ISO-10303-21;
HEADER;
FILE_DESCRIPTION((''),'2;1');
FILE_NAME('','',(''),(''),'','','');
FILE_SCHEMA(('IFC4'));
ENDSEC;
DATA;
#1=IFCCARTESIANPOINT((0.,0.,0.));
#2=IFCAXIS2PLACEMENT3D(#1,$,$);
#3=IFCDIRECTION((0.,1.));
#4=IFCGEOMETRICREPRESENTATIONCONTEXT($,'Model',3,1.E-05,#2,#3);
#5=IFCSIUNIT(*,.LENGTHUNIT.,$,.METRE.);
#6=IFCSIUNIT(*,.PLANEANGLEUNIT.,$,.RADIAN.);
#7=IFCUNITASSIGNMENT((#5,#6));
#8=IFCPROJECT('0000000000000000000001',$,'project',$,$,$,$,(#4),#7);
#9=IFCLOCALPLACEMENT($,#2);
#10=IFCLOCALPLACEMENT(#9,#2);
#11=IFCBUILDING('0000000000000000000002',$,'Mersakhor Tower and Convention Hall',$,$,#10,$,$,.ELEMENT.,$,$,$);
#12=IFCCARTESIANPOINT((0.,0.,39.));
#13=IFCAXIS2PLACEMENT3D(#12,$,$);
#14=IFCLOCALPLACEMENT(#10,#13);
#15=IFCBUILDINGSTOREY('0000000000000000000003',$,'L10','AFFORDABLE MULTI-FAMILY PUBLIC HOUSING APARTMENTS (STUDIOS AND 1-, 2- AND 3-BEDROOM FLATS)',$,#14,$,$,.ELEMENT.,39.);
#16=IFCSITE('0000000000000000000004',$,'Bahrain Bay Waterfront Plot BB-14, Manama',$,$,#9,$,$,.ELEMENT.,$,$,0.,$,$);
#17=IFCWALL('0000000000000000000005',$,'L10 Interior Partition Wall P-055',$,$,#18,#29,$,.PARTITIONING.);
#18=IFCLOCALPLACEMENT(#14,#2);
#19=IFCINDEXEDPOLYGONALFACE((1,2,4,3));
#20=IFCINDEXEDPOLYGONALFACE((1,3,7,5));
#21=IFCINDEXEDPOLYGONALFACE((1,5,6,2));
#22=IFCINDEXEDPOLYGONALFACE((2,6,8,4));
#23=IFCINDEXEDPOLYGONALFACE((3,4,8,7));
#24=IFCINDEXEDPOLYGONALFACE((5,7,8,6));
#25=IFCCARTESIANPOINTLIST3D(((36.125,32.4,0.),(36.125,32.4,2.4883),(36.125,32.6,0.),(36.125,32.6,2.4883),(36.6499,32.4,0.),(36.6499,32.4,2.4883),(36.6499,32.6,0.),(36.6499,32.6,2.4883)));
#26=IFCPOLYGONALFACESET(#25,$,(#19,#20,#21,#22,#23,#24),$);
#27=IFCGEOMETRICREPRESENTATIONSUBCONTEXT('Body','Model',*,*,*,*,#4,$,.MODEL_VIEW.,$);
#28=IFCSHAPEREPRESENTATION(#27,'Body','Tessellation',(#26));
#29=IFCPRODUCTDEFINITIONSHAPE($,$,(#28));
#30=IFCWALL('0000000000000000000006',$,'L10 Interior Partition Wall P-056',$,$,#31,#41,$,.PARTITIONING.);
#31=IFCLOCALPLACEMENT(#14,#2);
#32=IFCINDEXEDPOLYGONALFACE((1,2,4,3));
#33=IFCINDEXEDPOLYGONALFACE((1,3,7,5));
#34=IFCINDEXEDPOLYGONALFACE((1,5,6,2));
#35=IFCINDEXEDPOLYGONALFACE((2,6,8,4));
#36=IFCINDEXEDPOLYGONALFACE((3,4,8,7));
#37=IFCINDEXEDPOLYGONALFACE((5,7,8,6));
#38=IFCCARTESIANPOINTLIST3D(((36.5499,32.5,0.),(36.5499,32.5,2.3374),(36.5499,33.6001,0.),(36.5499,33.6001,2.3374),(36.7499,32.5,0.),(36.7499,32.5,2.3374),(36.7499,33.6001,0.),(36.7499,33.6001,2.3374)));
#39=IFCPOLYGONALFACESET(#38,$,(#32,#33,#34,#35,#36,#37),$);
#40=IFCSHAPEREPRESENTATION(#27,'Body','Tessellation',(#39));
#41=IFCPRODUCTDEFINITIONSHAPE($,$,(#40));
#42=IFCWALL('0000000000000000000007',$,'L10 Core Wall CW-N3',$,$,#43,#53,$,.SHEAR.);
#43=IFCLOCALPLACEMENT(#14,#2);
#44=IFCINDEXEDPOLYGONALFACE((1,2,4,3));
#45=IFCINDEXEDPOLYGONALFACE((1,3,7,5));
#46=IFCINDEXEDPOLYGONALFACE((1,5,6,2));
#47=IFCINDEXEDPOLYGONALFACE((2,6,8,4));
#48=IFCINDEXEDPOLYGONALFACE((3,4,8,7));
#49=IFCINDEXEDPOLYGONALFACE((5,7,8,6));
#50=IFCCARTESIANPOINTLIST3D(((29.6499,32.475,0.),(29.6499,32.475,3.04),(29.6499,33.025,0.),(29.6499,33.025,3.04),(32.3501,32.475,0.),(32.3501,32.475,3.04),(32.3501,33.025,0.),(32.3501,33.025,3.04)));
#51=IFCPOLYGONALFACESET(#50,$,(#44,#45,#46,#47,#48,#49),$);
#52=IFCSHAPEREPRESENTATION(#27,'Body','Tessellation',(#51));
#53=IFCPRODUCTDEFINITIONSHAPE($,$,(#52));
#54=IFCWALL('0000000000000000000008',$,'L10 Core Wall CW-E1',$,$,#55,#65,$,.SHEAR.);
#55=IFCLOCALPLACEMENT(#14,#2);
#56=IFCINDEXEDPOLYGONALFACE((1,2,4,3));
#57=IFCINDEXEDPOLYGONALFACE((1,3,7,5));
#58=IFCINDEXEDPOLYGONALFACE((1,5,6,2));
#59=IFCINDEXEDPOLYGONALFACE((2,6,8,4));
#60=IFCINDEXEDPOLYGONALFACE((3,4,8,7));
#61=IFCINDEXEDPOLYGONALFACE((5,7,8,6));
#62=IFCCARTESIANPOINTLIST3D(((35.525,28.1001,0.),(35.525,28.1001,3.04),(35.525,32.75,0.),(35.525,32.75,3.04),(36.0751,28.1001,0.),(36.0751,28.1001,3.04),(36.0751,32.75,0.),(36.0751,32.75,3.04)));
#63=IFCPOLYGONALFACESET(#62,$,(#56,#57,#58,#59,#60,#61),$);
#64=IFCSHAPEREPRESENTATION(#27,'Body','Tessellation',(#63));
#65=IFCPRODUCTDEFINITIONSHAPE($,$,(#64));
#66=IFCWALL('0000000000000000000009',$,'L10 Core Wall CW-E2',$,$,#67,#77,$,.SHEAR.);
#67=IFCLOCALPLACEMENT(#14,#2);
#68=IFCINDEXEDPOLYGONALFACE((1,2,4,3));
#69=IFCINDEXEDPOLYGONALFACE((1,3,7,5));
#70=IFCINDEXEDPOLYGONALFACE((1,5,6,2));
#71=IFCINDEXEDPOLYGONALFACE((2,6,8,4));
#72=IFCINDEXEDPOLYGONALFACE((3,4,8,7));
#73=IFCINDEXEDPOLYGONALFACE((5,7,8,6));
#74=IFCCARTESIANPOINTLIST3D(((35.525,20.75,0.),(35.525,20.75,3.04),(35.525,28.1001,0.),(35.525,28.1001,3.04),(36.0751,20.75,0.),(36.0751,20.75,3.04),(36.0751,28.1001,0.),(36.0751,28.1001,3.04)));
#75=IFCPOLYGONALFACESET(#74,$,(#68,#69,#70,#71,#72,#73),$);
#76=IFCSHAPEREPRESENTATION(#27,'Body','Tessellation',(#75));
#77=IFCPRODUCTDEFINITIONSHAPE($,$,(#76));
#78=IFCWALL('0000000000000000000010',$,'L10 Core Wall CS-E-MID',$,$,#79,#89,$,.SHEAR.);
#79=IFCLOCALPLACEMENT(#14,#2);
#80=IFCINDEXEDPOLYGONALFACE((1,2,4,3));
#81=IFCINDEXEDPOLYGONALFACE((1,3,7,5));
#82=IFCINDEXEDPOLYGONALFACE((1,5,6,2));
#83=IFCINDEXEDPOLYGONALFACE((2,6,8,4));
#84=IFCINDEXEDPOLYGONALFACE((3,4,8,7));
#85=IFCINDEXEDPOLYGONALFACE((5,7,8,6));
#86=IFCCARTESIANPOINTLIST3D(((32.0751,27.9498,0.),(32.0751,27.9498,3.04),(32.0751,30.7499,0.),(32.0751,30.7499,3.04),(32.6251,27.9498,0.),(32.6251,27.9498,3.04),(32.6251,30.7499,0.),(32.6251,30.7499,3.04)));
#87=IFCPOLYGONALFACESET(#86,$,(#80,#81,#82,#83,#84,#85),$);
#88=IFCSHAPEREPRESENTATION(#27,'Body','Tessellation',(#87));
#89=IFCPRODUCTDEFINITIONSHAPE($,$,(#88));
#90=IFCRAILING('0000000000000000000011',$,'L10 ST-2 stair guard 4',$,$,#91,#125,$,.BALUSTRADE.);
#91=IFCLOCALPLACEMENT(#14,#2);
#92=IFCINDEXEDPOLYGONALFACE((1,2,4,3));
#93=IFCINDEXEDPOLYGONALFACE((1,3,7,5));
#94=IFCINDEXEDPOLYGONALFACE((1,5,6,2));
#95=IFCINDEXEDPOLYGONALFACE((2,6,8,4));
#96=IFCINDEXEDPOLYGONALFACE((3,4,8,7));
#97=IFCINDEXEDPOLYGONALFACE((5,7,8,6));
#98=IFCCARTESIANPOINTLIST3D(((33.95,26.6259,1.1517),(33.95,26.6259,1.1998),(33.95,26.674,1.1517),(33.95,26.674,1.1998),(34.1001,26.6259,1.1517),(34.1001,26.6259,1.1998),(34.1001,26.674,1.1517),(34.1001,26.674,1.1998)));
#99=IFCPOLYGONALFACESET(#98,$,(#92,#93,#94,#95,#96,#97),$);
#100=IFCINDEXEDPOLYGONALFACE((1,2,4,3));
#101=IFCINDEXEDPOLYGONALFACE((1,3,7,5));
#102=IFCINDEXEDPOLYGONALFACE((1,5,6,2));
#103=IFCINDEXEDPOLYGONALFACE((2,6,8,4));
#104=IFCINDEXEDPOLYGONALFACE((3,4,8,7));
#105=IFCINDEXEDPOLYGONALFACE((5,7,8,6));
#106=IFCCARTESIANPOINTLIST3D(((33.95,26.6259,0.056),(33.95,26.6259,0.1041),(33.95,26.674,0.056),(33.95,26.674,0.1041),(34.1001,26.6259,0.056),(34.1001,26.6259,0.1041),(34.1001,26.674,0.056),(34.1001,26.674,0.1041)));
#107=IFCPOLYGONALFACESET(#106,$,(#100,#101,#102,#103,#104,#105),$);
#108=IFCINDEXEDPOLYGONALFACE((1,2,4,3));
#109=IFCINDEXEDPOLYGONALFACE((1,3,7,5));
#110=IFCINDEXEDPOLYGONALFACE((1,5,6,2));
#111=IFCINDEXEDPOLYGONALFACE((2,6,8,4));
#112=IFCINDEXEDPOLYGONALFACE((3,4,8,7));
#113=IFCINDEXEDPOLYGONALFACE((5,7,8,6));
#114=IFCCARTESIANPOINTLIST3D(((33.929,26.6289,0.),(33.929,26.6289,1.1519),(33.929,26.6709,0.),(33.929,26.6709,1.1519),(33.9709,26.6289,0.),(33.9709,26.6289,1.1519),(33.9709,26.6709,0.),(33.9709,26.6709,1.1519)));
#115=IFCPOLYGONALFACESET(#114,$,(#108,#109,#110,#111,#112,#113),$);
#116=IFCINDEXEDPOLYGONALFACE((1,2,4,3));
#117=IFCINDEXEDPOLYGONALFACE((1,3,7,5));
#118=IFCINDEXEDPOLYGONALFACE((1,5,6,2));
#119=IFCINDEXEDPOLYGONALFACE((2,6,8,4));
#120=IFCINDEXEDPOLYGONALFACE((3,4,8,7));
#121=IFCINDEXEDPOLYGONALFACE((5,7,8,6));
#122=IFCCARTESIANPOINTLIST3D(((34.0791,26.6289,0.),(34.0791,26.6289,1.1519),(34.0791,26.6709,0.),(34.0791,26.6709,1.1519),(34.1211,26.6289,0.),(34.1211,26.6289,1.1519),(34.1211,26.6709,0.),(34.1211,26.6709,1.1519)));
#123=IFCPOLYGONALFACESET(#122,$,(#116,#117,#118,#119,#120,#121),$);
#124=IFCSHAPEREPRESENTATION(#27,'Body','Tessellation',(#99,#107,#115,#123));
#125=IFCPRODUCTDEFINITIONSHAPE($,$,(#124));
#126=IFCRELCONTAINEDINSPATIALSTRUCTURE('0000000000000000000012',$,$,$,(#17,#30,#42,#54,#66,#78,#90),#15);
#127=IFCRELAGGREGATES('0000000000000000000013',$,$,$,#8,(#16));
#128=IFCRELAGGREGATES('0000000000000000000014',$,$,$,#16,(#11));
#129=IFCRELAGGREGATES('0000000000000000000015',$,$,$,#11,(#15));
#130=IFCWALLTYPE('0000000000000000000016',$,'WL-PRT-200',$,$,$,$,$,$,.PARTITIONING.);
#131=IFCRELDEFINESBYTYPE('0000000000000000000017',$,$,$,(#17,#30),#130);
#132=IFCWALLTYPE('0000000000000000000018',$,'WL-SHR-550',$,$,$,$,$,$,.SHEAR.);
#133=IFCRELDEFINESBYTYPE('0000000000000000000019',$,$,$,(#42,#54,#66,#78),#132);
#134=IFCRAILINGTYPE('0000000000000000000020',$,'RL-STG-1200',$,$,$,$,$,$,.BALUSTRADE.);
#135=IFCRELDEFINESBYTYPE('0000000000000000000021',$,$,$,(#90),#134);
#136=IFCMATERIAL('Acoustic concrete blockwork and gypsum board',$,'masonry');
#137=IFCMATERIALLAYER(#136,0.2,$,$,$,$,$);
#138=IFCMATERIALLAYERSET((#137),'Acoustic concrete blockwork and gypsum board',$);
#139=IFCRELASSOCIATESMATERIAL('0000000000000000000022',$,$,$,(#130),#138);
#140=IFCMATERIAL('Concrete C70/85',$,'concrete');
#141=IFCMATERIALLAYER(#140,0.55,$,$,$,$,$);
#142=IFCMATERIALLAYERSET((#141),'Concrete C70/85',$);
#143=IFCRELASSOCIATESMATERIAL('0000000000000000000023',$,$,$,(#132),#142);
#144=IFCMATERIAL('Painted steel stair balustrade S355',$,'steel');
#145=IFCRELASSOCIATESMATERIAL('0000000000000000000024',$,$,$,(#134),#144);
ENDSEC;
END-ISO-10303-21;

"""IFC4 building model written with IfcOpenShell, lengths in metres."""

from ifc_helpers import new_model, si_unit, direction, frame, frame_2d, origin, origin_2d, place, context, subcontext, project, spatial, rectangle, extrude, material, layer, layer_set, type_object, element, save


model = new_model("IFC4")

# Units and contexts
model_context = context("Model", 3, precision=1e-05, world=origin(), true_north=direction((0.0, 1.0)))
body_context = subcontext(model_context, "Body", "Model", "MODEL_VIEW")
ifc_project = project(units=[si_unit("LENGTHUNIT", "METRE"), si_unit("PLANEANGLEUNIT", "RADIAN")], contexts=[model_context])

# Site, building, storey
site_placement = place(None, origin())
site = spatial("IfcSite", under=ifc_project, at=site_placement, Name="Bahrain Bay Waterfront Plot BB-14, Manama", CompositionType="ELEMENT", RefElevation=0.0)
building_placement = place(site_placement, origin())
building = spatial("IfcBuilding", under=site, at=building_placement, Name="Mersakhor Tower and Convention Hall", CompositionType="ELEMENT")
storey_placement = place(building_placement, frame((0.0, 0.0, 39.0)))
storey = spatial("IfcBuildingStorey", under=building, at=storey_placement, Name="L10", Description="AFFORDABLE MULTI-FAMILY PUBLIC HOUSING APARTMENTS (STUDIOS AND 1-, 2- AND 3-BEDROOM FLATS)", CompositionType="ELEMENT", Elevation=39.0)

# Walls
ifc_material_1 = material(Name="Acoustic concrete blockwork and gypsum board", Category="masonry")
ifc_layer_1 = layer(ifc_material_1, 0.2)
ifc_layer_set_1 = layer_set([ifc_layer_1], Name="Acoustic concrete blockwork and gypsum board")
wall_type_1 = type_object("IfcWallType", Name="WL-PRT-200", PredefinedType="PARTITIONING", material=ifc_layer_set_1)
wall_1_placement = place(storey_placement, frame((36.125, 32.5, 0.0), z_axis=(0.0, 0.0, 1.0), x_axis=(1.0, 0.0, 0.0)))
element("IfcWall", 1, at=wall_1_placement, inside=storey, type_object=wall_type_1, Name="L10 Interior Partition Wall P-055", PredefinedType="PARTITIONING", context=body_context, shape_type="SweptSolid", body=[
    extrude(rectangle(XDim=0.5249, YDim=0.2, at=frame_2d((0.2625, 0.0))), origin(), (0.0, 0.0, 1.0), 2.4883),
])
wall_2_placement = place(storey_placement, frame((36.6499, 32.5, 0.0), z_axis=(0.0, 0.0, 1.0), x_axis=(0.0, 1.0, 0.0)))
element("IfcWall", 2, at=wall_2_placement, inside=storey, type_object=wall_type_1, Name="L10 Interior Partition Wall P-056", PredefinedType="PARTITIONING", context=body_context, shape_type="SweptSolid", body=[
    extrude(rectangle(XDim=1.1001, YDim=0.2, at=frame_2d((0.55, 0.0))), origin(), (0.0, 0.0, 1.0), 2.3374),
])

# Wall
ifc_material_2 = material(Name="Concrete C70/85", Category="concrete")
ifc_layer_2 = layer(ifc_material_2, 0.55)
ifc_layer_set_2 = layer_set([ifc_layer_2], Name="Concrete C70/85")
wall_type_2 = type_object("IfcWallType", Name="WL-SHR-550", PredefinedType="SHEAR", material=ifc_layer_set_2)
wall_3_placement = place(storey_placement, frame((29.6499, 32.75, 0.0), z_axis=(0.0, 0.0, 1.0), x_axis=(1.0, 0.0, 0.0)))
element("IfcWall", 3, at=wall_3_placement, inside=storey, type_object=wall_type_2, Name="L10 Core Wall CW-N3", PredefinedType="SHEAR", context=body_context, shape_type="SweptSolid", body=[
    extrude(rectangle(XDim=2.7002, YDim=0.55, at=frame_2d((1.3501, 0.0))), origin(), (0.0, 0.0, 1.0), 3.04),
])

# Walls
wall_4_placement = place(storey_placement, frame((35.8, 32.75, 0.0), z_axis=(0.0, 0.0, 1.0), x_axis=(0.0, -1.0, 0.0)))
element("IfcWall", 4, at=wall_4_placement, inside=storey, type_object=wall_type_2, Name="L10 Core Wall CW-E1", PredefinedType="SHEAR", context=body_context, shape_type="SweptSolid", body=[
    extrude(rectangle(XDim=4.6499, YDim=0.55, at=frame_2d((2.325, 0.0))), origin(), (0.0, 0.0, 1.0), 3.04),
])
wall_5_placement = place(storey_placement, frame((35.8, 28.1001, 0.0), z_axis=(0.0, 0.0, 1.0), x_axis=(0.0, -1.0, 0.0)))
element("IfcWall", 5, at=wall_5_placement, inside=storey, type_object=wall_type_2, Name="L10 Core Wall CW-E2", PredefinedType="SHEAR", context=body_context, shape_type="SweptSolid", body=[
    extrude(rectangle(XDim=7.3501, YDim=0.55, at=frame_2d((3.675, 0.0))), origin(), (0.0, 0.0, 1.0), 3.04),
])
wall_6_placement = place(storey_placement, frame((32.3501, 27.95, 0.0), z_axis=(0.0, 0.0, 1.0), x_axis=(0.0, 1.0, 0.0)))
element("IfcWall", 6, at=wall_6_placement, inside=storey, type_object=wall_type_2, Name="L10 Core Wall CS-E-MID", PredefinedType="SHEAR", context=body_context, shape_type="SweptSolid", body=[
    extrude(rectangle(XDim=2.8, YDim=0.55, at=frame_2d((1.3999, 0.0))), origin(), (0.0, 0.0, 1.0), 3.04),
])

# Railing
ifc_material_3 = material(Name="Painted steel stair balustrade S355", Category="steel")
railing_type = type_object("IfcRailingType", Name="RL-STG-1200", PredefinedType="BALUSTRADE", material=ifc_material_3)
railing_placement = place(storey_placement, frame((33.95, 26.6499, 0.0)))
element("IfcRailing", 7, at=railing_placement, inside=storey, type_object=railing_type, Name="L10 ST-2 stair guard 4", PredefinedType="BALUSTRADE", context=body_context, shape_type="SweptSolid", body=[
    extrude(rectangle(XDim=0.0481, YDim=0.0481, at=origin_2d()), frame((0.0, 0.0, 1.1758), z_axis=(1.0, 0.0, 0.0), x_axis=(0.0, 1.0, 0.0)), (0.0, 0.0, 1.0), 0.1501),
    extrude(rectangle(XDim=0.0481, YDim=0.0481, at=origin_2d()), frame((0.0, 0.0, 0.0801), z_axis=(1.0, 0.0, 0.0), x_axis=(0.0, 1.0, 0.0)), (0.0, 0.0, 1.0), 0.1501),
    extrude(rectangle(XDim=0.042, YDim=0.042, at=origin_2d()), origin(), (0.0, 0.0, 1.0), 1.1519),
    extrude(rectangle(XDim=0.042, YDim=0.042, at=origin_2d()), frame((0.1501, 0.0, 0.0)), (0.0, 0.0, 1.0), 1.1519),
])

save(model, "model.ifc")
